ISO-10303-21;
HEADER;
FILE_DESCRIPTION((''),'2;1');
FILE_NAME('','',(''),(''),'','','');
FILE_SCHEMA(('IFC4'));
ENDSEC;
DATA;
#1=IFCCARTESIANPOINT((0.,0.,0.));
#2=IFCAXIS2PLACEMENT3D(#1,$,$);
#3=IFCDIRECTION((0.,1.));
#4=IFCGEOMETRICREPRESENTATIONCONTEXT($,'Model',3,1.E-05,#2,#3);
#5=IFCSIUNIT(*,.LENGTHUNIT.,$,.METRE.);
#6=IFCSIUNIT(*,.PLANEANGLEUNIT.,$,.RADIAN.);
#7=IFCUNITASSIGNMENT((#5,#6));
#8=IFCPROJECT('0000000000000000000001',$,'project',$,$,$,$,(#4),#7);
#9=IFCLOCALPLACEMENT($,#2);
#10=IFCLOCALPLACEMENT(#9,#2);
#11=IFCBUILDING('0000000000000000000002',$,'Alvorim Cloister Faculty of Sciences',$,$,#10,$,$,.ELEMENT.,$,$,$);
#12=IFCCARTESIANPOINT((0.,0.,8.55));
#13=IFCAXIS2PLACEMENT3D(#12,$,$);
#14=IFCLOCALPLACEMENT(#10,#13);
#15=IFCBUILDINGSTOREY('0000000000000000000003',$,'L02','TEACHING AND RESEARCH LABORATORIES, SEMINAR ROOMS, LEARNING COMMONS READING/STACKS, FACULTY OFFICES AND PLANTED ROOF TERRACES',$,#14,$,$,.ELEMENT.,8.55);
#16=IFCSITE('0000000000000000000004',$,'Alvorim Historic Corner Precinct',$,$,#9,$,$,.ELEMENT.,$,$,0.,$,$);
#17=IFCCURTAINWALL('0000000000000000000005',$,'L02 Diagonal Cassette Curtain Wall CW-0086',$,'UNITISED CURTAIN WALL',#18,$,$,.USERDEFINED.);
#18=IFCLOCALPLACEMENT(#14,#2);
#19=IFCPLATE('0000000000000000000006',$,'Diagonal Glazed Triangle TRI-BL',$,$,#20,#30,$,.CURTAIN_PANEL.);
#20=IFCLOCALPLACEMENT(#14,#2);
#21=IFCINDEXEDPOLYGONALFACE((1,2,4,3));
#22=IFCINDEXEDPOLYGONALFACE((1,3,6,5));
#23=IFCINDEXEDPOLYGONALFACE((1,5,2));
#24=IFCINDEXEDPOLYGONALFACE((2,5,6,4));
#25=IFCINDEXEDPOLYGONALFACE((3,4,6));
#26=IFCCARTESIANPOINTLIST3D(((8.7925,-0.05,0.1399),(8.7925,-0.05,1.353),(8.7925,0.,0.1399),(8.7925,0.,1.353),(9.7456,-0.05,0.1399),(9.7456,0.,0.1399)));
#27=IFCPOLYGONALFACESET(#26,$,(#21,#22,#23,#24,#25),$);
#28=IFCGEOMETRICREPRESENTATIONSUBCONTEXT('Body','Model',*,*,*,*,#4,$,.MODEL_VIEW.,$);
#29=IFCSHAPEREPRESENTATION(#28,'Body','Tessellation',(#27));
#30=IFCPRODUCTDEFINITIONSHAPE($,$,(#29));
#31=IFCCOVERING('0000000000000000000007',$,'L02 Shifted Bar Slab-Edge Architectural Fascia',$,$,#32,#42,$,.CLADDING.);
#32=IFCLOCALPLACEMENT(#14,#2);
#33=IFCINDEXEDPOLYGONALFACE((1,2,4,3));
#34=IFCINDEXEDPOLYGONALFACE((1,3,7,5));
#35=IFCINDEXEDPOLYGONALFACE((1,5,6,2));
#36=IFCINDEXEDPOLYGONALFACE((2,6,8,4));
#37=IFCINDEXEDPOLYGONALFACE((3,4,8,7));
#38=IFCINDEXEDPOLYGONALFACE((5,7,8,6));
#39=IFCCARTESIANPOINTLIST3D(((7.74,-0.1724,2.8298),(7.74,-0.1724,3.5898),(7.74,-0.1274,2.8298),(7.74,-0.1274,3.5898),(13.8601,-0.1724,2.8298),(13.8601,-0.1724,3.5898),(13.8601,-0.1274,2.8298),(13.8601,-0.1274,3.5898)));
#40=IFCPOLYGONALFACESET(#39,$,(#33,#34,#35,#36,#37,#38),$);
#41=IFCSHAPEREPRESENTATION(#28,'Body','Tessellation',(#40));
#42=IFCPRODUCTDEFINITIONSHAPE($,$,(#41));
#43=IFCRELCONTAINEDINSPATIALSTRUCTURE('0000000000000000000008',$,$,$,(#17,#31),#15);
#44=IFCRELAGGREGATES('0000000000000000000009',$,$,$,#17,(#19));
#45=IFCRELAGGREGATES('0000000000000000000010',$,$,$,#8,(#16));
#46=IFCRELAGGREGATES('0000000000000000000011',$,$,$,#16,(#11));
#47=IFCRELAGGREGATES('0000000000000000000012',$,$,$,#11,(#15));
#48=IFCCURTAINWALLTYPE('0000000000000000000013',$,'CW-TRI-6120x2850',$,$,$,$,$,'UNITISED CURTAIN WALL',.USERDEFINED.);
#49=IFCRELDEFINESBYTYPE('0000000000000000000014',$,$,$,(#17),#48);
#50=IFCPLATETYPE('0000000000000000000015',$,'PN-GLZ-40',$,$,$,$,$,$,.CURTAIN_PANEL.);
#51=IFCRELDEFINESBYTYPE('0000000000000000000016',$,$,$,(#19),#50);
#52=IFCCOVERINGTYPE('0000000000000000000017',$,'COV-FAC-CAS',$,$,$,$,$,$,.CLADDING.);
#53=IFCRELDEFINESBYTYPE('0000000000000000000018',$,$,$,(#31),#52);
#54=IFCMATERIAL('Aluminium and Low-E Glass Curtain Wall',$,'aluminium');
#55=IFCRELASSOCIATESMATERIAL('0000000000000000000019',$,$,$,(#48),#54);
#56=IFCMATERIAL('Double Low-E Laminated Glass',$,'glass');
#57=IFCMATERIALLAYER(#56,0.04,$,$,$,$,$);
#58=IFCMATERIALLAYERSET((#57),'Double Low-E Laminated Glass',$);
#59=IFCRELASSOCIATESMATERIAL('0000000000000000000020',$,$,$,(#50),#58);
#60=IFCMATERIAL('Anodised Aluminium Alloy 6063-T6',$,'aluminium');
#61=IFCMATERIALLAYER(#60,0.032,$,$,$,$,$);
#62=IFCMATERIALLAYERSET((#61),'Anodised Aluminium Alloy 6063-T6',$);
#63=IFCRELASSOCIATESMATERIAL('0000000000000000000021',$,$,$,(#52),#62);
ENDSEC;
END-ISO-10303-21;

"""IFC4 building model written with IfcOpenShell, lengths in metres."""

from ifc_helpers import new_model, si_unit, direction, frame, origin, place, context, subcontext, project, spatial, polyline, outline, extrude, material, layer, layer_set, type_object, element, aggregate, save


model = new_model("IFC4")

# Units and contexts
model_context = context("Model", 3, precision=1e-05, world=origin(), true_north=direction((0.0, 1.0)))
body_context = subcontext(model_context, "Body", "Model", "MODEL_VIEW")
ifc_project = project(units=[si_unit("LENGTHUNIT", "METRE"), si_unit("PLANEANGLEUNIT", "RADIAN")], contexts=[model_context])

# Site, building, storey
site_placement = place(None, origin())
site = spatial("IfcSite", under=ifc_project, at=site_placement, Name="Alvorim Historic Corner Precinct", CompositionType="ELEMENT", RefElevation=0.0)
building_placement = place(site_placement, origin())
building = spatial("IfcBuilding", under=site, at=building_placement, Name="Alvorim Cloister Faculty of Sciences", CompositionType="ELEMENT")
storey_placement = place(building_placement, frame((0.0, 0.0, 8.55)))
storey = spatial("IfcBuildingStorey", under=building, at=storey_placement, Name="L02", Description="TEACHING AND RESEARCH LABORATORIES, SEMINAR ROOMS, LEARNING COMMONS READING/STACKS, FACULTY OFFICES AND PLANTED ROOF TERRACES", CompositionType="ELEMENT", Elevation=8.55)

# Curtain wall
ifc_material_1 = material(Name="Aluminium and Low-E Glass Curtain Wall", Category="aluminium")
curtain_wall_type = type_object("IfcCurtainWallType", Name="CW-TRI-6120x2850", ElementType="UNITISED CURTAIN WALL", PredefinedType="USERDEFINED", material=ifc_material_1)
curtain_wall_1_placement = place(storey_placement, origin())
curtain_wall_1 = element("IfcCurtainWall", 1, at=curtain_wall_1_placement, inside=storey, type_object=curtain_wall_type, Name="L02 Diagonal Cassette Curtain Wall CW-0086", ObjectType="UNITISED CURTAIN WALL", PredefinedType="USERDEFINED")

# Plate
ifc_material_2 = material(Name="Double Low-E Laminated Glass", Category="glass")
ifc_layer_1 = layer(ifc_material_2, 0.04)
ifc_layer_set_1 = layer_set([ifc_layer_1], Name="Double Low-E Laminated Glass")
plate_type = type_object("IfcPlateType", Name="PN-GLZ-40", PredefinedType="CURTAIN_PANEL", material=ifc_layer_set_1)
plate_1_placement = place(storey_placement, frame((8.7925, -0.0249, 0.1399), z_axis=(0.0, 0.0, 1.0), x_axis=(1.0, 0.0, 0.0)))
plate_1 = element("IfcPlate", 2, at=plate_1_placement, type_object=plate_type, Name="Diagonal Glazed Triangle TRI-BL", PredefinedType="CURTAIN_PANEL", context=body_context, shape_type="SweptSolid", body=[
    extrude(outline(polyline([(0.0, 0.0), (0.9531, 0.0), (0.0, 1.2131), (0.0, 0.0)])), frame((0.0, 0.0249, 0.0), z_axis=(0.0, -1.0, 0.0), x_axis=(1.0, 0.0, 0.0)), (0.0, 0.0, 1.0), 0.05),
])
aggregate(curtain_wall_1, [plate_1])

# Covering
ifc_material_3 = material(Name="Anodised Aluminium Alloy 6063-T6", Category="aluminium")
ifc_layer_2 = layer(ifc_material_3, 0.032)
ifc_layer_set_2 = layer_set([ifc_layer_2], Name="Anodised Aluminium Alloy 6063-T6")
covering_type = type_object("IfcCoveringType", Name="COV-FAC-CAS", PredefinedType="CLADDING", material=ifc_layer_set_2)
covering_placement = place(storey_placement, frame((7.74, -0.1499, 2.8298), z_axis=(0.0, 0.0, 1.0), x_axis=(1.0, 0.0, 0.0)))
element("IfcCovering", 3, at=covering_placement, inside=storey, type_object=covering_type, Name="L02 Shifted Bar Slab-Edge Architectural Fascia", PredefinedType="CLADDING", context=body_context, shape_type="SweptSolid", body=[
    extrude(outline(polyline([(0.0, 0.0), (6.1201, 0.0), (6.1201, 0.76), (0.0, 0.76), (0.0, 0.0)])), frame((0.0, 0.0225, 0.0), z_axis=(0.0, -1.0, 0.0), x_axis=(1.0, 0.0, 0.0)), (0.0, 0.0, 1.0), 0.0449),
])

save(model, "model.ifc")
